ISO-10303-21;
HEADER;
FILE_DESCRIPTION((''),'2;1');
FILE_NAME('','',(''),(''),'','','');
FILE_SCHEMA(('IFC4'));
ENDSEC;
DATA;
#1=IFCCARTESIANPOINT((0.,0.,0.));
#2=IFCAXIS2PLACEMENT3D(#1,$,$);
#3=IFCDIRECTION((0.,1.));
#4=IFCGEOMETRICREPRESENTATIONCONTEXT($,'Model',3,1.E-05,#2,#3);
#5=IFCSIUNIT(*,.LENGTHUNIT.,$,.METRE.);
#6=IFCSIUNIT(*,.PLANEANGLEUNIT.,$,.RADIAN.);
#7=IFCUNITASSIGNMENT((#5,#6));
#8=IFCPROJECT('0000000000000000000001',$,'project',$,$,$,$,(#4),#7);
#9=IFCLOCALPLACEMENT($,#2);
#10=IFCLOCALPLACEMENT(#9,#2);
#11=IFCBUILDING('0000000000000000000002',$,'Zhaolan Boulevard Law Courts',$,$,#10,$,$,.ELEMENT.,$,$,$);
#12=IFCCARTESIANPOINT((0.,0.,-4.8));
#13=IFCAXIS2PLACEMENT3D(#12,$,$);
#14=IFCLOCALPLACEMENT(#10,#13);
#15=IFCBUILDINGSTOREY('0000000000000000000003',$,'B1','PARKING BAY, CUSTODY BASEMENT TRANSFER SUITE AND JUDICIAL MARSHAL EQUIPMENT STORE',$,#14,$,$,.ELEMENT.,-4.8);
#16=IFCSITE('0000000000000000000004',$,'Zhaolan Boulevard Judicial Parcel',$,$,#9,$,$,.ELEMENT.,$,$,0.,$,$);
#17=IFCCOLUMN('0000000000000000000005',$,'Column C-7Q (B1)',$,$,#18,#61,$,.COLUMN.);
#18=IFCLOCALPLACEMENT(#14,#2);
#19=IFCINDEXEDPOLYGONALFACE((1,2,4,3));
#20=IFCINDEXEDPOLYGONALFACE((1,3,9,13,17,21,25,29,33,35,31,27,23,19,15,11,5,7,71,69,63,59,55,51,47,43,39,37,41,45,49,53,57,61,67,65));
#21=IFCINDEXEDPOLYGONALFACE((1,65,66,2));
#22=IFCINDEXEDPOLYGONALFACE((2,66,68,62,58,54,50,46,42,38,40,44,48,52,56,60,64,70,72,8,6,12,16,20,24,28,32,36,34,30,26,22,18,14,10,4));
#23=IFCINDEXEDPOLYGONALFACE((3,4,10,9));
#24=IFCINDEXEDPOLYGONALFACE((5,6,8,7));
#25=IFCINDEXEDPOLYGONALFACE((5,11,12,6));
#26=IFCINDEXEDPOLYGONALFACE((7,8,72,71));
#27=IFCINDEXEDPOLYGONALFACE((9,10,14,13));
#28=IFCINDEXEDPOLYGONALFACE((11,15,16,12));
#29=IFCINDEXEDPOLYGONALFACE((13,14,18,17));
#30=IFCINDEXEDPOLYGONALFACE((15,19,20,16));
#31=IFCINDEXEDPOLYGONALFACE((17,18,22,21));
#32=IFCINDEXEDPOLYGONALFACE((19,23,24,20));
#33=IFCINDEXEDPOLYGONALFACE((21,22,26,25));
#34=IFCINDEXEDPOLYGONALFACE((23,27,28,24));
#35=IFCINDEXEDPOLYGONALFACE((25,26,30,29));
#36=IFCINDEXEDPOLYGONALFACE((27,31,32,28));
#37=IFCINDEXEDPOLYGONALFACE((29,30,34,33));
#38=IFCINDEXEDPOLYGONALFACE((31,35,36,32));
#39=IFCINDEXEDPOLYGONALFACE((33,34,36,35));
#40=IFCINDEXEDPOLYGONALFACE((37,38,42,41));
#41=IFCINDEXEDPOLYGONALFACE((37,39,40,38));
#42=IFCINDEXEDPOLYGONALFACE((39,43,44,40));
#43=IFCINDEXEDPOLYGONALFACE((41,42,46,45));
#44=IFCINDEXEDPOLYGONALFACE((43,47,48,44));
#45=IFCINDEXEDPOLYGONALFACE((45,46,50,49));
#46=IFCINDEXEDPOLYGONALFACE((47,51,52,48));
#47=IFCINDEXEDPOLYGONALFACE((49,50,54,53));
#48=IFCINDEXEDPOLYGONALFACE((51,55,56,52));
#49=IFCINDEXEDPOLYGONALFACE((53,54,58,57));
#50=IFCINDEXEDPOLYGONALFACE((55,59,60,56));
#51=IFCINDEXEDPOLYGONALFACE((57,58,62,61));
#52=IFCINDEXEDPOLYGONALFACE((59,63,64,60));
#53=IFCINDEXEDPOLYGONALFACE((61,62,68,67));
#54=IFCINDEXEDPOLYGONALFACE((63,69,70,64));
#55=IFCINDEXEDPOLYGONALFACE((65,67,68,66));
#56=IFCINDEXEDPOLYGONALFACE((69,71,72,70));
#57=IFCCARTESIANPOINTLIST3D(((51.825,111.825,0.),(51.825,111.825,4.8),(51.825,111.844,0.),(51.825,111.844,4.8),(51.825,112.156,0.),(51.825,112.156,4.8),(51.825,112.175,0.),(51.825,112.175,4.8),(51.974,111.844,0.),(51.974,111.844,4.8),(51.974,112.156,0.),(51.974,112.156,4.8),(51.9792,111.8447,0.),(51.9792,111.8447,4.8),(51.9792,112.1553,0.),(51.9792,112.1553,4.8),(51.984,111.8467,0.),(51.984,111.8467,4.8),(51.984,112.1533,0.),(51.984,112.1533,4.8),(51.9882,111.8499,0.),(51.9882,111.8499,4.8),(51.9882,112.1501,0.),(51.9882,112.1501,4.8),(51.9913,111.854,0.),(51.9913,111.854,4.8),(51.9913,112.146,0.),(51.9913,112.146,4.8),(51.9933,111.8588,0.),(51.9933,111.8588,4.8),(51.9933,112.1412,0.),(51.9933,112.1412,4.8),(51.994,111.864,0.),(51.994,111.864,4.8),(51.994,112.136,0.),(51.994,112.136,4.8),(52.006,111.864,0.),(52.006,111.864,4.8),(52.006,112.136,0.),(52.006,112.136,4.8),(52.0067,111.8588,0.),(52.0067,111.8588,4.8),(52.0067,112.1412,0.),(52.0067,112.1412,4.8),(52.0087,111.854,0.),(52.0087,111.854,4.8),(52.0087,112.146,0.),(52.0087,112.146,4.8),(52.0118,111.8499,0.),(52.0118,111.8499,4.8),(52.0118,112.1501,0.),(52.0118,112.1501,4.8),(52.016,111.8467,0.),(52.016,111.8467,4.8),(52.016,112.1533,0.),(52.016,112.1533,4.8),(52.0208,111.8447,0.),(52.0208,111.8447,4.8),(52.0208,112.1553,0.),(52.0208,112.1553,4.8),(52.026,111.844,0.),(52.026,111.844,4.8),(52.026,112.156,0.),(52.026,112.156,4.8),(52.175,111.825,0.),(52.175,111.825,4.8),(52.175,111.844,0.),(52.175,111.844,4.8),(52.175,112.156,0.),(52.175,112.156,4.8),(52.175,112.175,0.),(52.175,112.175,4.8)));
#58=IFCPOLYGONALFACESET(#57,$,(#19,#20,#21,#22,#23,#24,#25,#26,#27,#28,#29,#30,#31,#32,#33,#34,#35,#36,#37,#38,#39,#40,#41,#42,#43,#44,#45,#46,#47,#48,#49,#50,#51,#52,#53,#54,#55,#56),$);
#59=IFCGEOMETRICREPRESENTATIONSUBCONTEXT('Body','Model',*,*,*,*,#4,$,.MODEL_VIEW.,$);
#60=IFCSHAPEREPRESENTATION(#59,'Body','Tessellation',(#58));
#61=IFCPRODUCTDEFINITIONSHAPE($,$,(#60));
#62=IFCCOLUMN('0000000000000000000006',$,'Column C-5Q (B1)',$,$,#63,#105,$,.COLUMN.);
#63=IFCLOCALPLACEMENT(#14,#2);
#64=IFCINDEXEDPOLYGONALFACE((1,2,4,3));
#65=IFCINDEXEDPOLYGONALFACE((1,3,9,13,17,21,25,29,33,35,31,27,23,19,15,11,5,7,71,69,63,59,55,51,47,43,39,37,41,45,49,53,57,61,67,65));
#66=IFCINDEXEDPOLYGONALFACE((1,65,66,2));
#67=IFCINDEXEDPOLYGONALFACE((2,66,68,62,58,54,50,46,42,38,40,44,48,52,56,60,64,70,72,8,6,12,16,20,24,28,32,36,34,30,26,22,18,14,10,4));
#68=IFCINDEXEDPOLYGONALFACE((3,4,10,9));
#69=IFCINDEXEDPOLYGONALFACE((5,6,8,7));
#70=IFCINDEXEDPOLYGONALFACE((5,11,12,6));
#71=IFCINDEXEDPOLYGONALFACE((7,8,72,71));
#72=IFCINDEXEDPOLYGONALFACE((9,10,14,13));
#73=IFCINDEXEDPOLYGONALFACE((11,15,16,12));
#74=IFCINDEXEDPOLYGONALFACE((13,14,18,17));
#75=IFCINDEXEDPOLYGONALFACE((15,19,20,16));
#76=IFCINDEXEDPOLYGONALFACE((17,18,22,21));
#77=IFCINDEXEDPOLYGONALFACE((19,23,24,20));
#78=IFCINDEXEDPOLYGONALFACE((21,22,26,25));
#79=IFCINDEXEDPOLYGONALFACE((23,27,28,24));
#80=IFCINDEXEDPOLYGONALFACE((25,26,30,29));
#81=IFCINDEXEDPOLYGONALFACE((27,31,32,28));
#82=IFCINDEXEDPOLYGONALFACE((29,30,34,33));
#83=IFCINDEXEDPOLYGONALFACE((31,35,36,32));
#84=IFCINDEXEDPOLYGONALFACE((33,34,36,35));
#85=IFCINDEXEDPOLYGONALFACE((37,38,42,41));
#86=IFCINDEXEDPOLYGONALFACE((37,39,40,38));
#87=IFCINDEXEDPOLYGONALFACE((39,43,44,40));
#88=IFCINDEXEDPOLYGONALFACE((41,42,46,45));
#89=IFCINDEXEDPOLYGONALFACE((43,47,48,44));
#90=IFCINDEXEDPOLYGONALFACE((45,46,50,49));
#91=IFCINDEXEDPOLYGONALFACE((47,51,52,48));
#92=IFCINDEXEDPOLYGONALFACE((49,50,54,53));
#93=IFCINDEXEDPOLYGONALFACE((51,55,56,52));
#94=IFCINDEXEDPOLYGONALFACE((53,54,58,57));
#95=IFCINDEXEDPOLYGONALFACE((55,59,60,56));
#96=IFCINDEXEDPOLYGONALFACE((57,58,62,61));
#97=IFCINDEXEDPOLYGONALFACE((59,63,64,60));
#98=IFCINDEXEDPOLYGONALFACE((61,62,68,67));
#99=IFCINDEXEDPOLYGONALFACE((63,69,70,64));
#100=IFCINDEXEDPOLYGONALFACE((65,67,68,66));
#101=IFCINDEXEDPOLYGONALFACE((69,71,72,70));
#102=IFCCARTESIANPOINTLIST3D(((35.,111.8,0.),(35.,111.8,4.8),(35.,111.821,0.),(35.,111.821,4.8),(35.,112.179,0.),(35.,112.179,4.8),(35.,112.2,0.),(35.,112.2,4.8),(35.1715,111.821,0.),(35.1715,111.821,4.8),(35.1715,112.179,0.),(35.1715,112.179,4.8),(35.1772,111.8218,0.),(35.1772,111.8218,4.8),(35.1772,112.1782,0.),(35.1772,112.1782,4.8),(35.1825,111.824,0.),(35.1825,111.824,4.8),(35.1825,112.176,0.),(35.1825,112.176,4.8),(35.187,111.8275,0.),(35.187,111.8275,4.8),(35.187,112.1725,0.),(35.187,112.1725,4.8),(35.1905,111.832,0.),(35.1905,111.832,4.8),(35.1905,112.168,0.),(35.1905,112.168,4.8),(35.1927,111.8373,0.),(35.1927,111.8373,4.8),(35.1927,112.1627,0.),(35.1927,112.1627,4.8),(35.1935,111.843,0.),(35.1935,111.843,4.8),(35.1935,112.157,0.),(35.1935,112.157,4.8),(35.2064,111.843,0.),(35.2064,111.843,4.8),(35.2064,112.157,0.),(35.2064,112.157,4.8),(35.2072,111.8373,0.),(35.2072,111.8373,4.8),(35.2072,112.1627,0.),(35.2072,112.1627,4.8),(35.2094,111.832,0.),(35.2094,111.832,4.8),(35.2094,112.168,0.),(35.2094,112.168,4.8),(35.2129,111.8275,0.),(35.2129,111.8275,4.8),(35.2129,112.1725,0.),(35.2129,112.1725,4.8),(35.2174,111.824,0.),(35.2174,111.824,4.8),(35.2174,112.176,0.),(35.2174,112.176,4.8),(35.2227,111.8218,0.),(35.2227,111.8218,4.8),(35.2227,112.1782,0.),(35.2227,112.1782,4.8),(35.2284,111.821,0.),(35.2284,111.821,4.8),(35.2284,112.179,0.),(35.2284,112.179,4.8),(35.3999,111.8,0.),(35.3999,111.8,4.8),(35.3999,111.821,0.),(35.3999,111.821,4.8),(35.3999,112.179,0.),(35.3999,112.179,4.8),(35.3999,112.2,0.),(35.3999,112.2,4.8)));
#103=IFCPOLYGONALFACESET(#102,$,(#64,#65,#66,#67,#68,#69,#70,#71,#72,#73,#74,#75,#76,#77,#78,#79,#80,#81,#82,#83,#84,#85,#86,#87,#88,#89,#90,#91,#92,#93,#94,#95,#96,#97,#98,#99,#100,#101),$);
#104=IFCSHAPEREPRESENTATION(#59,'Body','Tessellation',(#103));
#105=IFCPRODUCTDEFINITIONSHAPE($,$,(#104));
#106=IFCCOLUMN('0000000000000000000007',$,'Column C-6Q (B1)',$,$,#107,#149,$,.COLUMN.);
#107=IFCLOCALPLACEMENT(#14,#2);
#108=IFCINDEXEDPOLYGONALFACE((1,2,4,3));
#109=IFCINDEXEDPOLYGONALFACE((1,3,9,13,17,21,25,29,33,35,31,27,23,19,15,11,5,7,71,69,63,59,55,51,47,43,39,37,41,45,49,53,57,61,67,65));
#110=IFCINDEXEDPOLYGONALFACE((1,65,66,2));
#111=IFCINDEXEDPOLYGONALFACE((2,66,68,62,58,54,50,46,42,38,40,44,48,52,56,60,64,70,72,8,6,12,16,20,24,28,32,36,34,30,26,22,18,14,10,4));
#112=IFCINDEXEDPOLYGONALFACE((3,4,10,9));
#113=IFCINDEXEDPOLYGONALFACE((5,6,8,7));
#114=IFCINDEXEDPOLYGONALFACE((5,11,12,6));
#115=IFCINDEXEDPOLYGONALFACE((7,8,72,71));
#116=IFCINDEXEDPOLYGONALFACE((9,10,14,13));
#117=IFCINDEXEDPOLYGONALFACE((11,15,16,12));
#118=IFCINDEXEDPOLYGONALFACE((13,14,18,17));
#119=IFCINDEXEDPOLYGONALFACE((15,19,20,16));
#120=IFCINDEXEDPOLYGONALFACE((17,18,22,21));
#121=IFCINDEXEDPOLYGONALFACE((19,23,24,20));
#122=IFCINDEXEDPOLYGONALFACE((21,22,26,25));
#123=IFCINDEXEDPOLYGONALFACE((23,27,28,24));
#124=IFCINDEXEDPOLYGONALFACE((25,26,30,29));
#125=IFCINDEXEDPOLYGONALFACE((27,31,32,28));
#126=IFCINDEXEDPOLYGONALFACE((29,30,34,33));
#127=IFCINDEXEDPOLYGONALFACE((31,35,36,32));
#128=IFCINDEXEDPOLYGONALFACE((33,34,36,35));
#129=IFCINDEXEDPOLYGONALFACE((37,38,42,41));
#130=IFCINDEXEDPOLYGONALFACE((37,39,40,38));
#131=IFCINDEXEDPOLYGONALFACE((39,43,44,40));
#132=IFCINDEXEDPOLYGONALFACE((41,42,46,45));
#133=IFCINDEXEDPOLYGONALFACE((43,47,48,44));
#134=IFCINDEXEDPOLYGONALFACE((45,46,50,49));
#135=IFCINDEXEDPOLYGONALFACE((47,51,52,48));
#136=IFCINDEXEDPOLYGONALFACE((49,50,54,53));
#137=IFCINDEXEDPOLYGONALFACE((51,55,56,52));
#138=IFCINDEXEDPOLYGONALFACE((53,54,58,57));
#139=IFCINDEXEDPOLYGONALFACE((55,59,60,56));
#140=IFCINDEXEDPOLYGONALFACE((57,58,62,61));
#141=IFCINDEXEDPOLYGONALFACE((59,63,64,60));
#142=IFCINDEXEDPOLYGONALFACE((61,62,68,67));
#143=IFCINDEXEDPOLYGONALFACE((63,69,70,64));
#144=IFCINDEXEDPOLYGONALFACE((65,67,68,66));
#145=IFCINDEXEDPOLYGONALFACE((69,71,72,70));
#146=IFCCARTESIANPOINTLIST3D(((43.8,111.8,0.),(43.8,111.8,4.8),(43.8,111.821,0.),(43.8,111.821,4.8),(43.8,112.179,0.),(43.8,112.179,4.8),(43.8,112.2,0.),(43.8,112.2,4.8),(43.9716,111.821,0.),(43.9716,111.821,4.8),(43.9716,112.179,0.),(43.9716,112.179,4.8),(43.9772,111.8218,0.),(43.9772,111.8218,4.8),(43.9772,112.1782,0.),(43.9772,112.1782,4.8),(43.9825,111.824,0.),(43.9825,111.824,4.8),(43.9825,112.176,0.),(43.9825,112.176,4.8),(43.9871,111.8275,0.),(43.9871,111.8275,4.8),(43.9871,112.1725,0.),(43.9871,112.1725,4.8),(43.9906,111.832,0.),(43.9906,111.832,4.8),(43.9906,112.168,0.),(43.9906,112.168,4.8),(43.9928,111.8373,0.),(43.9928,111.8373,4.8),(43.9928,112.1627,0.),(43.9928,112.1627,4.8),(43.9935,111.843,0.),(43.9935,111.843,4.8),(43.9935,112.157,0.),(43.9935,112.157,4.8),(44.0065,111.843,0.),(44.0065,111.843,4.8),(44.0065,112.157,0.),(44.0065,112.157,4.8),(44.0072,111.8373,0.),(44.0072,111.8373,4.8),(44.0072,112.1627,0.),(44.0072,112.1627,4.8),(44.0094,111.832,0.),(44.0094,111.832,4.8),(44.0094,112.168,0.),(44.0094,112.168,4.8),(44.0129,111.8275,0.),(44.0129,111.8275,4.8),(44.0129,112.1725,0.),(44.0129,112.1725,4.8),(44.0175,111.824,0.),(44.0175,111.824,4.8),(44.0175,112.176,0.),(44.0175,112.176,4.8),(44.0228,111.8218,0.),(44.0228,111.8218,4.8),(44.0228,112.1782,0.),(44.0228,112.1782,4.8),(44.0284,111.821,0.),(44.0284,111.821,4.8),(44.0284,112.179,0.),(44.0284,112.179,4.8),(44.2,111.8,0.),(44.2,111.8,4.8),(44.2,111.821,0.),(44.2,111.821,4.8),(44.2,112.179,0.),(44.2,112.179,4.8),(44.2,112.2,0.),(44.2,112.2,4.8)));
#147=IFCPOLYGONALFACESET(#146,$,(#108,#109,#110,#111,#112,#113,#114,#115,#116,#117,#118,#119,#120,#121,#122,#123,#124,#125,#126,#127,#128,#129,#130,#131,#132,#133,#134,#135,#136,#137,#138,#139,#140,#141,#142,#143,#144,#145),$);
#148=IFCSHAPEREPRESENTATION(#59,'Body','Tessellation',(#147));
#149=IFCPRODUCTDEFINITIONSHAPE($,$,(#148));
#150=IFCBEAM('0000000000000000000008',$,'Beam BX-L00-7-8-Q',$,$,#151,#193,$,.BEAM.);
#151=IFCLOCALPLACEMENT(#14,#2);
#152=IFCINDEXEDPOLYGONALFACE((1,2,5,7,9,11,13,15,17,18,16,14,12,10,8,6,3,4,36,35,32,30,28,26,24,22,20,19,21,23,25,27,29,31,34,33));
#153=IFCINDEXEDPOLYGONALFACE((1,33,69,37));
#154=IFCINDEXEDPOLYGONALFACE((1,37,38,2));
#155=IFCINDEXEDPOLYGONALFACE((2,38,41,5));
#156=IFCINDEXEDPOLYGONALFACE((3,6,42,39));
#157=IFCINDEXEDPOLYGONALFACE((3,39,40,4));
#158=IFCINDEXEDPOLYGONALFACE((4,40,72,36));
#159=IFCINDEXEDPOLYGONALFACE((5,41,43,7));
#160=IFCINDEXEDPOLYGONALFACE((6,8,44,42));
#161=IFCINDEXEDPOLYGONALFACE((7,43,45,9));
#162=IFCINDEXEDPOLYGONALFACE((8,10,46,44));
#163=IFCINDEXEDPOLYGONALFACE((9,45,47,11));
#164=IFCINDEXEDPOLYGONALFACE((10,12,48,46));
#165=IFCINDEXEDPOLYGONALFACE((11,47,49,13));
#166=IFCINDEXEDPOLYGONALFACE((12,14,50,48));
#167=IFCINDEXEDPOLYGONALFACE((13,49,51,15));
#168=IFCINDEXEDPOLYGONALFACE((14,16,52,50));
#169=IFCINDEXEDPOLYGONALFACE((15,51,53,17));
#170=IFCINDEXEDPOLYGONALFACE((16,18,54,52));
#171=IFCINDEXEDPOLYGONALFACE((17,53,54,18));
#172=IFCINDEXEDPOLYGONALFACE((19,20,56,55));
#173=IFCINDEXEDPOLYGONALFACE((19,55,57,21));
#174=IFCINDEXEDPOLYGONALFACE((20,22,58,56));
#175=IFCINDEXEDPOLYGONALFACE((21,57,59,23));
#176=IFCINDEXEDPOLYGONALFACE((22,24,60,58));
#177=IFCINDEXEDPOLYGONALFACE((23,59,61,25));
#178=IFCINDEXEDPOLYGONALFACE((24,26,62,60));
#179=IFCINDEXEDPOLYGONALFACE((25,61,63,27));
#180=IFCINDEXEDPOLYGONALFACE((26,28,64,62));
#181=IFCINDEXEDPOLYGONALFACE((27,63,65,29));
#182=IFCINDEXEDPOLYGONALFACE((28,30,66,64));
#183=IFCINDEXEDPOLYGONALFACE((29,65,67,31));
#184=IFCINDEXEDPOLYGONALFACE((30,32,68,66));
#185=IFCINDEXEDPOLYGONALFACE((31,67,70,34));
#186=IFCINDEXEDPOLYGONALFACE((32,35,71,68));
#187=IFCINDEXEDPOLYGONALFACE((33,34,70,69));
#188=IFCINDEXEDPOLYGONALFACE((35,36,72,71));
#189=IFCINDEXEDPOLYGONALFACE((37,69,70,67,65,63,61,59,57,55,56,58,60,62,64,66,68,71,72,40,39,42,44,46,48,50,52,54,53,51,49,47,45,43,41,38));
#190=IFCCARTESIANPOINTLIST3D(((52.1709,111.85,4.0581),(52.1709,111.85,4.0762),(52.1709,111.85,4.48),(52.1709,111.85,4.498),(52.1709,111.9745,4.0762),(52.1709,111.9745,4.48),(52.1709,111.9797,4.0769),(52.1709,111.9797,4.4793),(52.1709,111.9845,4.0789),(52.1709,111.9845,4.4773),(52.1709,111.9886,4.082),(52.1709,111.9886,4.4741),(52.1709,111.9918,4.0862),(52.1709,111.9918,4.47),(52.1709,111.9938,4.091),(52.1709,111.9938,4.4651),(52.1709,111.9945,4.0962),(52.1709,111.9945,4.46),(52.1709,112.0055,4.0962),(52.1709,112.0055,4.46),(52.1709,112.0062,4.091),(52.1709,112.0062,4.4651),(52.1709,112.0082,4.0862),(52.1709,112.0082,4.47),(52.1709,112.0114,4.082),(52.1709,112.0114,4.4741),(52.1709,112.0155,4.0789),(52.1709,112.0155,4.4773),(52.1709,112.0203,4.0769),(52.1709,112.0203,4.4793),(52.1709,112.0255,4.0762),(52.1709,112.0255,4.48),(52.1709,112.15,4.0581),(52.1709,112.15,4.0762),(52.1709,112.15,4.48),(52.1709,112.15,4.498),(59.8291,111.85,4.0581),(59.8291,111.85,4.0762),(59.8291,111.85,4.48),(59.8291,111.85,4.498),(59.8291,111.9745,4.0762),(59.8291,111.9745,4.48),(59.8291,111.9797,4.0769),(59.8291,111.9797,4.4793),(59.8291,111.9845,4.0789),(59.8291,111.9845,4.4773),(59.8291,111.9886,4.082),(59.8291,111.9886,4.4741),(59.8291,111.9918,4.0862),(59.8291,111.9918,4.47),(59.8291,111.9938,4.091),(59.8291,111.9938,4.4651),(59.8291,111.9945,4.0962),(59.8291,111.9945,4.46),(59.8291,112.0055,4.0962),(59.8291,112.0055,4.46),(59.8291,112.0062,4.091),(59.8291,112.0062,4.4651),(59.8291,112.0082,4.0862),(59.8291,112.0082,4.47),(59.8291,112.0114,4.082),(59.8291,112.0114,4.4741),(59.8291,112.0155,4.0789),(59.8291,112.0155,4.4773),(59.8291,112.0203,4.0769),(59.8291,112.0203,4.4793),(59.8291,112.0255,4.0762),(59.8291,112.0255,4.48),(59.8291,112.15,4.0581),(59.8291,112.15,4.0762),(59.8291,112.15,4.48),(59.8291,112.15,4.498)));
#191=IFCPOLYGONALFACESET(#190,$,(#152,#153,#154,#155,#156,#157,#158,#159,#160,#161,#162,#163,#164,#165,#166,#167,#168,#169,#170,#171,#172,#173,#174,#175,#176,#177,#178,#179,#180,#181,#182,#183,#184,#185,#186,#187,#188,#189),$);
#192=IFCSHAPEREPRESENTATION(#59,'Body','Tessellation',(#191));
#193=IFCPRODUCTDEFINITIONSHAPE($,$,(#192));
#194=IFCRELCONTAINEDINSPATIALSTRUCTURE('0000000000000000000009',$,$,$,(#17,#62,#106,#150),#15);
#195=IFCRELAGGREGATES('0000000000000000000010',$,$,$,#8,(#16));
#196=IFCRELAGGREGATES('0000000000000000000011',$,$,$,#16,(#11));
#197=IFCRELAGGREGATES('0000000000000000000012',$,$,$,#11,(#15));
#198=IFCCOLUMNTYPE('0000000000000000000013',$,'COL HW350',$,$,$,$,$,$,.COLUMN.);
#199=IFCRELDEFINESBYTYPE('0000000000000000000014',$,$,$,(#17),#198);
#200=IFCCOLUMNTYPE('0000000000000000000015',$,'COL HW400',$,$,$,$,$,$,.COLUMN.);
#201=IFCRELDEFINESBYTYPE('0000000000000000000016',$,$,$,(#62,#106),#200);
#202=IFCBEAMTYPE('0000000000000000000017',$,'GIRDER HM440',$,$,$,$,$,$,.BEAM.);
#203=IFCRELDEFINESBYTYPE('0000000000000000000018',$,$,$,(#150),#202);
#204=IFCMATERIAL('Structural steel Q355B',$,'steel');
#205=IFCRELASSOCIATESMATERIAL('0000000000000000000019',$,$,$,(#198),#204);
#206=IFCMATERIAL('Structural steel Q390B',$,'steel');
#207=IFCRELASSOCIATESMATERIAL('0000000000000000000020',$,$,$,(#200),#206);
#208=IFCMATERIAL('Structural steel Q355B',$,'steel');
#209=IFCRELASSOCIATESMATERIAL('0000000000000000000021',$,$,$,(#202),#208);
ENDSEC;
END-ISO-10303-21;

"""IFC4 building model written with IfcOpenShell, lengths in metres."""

from ifc_helpers import new_model, si_unit, direction, frame, origin, origin_2d, place, context, subcontext, project, spatial, i_section, extrude, material, material_profile, profile_set, type_object, element, save


model = new_model("IFC4")

# Units and contexts
model_context = context("Model", 3, precision=1e-05, world=origin(), true_north=direction((0.0, 1.0)))
body_context = subcontext(model_context, "Body", "Model", "MODEL_VIEW")
ifc_project = project(units=[si_unit("LENGTHUNIT", "METRE"), si_unit("PLANEANGLEUNIT", "RADIAN")], contexts=[model_context])

# Site, building, storey
site_placement = place(None, origin())
site = spatial("IfcSite", under=ifc_project, at=site_placement, Name="Zhaolan Boulevard Judicial Parcel", CompositionType="ELEMENT", RefElevation=0.0)
building_placement = place(site_placement, origin())
building = spatial("IfcBuilding", under=site, at=building_placement, Name="Zhaolan Boulevard Law Courts", CompositionType="ELEMENT")
storey_placement = place(building_placement, frame((0.0, 0.0, -4.8)))
storey = spatial("IfcBuildingStorey", under=building, at=storey_placement, Name="B1", Description="PARKING BAY, CUSTODY BASEMENT TRANSFER SUITE AND JUDICIAL MARSHAL EQUIPMENT STORE", CompositionType="ELEMENT", Elevation=-4.8)

# Columns
ifc_material_1 = material(Name="Structural steel Q355B", Category="steel")
ifc_material_profile_1 = material_profile(ifc_material_1, i_section(OverallWidth=0.3501, OverallDepth=0.3501, WebThickness=0.012, FlangeThickness=0.019, FilletRadius=0.02, at=origin_2d()), Name="HW350x350")
ifc_profile_set_1 = profile_set([ifc_material_profile_1], Name="Structural steel Q355B")
column_type_1 = type_object("IfcColumnType", Name="COL HW350", PredefinedType="COLUMN", material=ifc_profile_set_1)
column_placement = place(storey_placement, frame((52.0, 112.0, 0.0), z_axis=(0.0, 0.0, 1.0), x_axis=(1.0, 0.0, 0.0)))
element("IfcColumn", 1, at=column_placement, inside=storey, type_object=column_type_1, Name="Column C-7Q (B1)", PredefinedType="COLUMN", context=body_context, shape_type="SweptSolid", body=[
    extrude(i_section(OverallWidth=0.3501, OverallDepth=0.3501, WebThickness=0.012, FlangeThickness=0.019, FilletRadius=0.02, at=origin_2d()), origin(), (0.0, 0.0, 1.0), 4.8),
])
ifc_material_2 = material(Name="Structural steel Q390B", Category="steel")
ifc_material_profile_2 = material_profile(ifc_material_2, i_section(OverallWidth=0.3999, OverallDepth=0.3999, WebThickness=0.0129, FlangeThickness=0.021, FilletRadius=0.022, at=origin_2d()), Name="HW400x400")
ifc_profile_set_2 = profile_set([ifc_material_profile_2], Name="Structural steel Q390B")
column_type_2 = type_object("IfcColumnType", Name="COL HW400", PredefinedType="COLUMN", material=ifc_profile_set_2)
for number, where, z_axis, x_axis, name in (
    (2, (35.2, 112.0, 0.0), (0.0, 0.0, 1.0), (1.0, 0.0, 0.0), "Column C-5Q (B1)"),
    (3, (44.0, 112.0, 0.0), (0.0, 0.0, 1.0), (1.0, 0.0, 0.0), "Column C-6Q (B1)"),
):
    element("IfcColumn", number, at=place(storey_placement, frame(where, z_axis=z_axis, x_axis=x_axis)), inside=storey, type_object=column_type_2, Name=name, PredefinedType="COLUMN", context=body_context, shape_type="SweptSolid", body=[
        extrude(i_section(OverallWidth=0.3999, OverallDepth=0.3999, WebThickness=0.0129, FlangeThickness=0.021, FilletRadius=0.022, at=origin_2d()), origin(), (0.0, 0.0, 1.0), 4.8),
    ])

# Beam
ifc_material_3 = material(Name="Structural steel Q355B", Category="steel")
ifc_material_profile_3 = material_profile(ifc_material_3, i_section(OverallWidth=0.3, OverallDepth=0.4399, WebThickness=0.011, FlangeThickness=0.0181, FilletRadius=0.02, at=origin_2d()), Name="HM440x300")
ifc_profile_set_3 = profile_set([ifc_material_profile_3], Name="Structural steel Q355B")
beam_type_1 = type_object("IfcBeamType", Name="GIRDER HM440", PredefinedType="BEAM", material=ifc_profile_set_3)
beam_1_placement = place(storey_placement, frame((52.1709, 112.0, 4.2781), z_axis=(1.0, 0.0, 0.0), x_axis=(0.0, 1.0, 0.0)))
element("IfcBeam", 4, at=beam_1_placement, inside=storey, type_object=beam_type_1, Name="Beam BX-L00-7-8-Q", PredefinedType="BEAM", context=body_context, shape_type="SweptSolid", body=[
    extrude(i_section(OverallWidth=0.3, OverallDepth=0.4399, WebThickness=0.011, FlangeThickness=0.0181, FilletRadius=0.02, at=origin_2d()), origin(), (0.0, 0.0, 1.0), 7.6582),
])

save(model, "model.ifc")
